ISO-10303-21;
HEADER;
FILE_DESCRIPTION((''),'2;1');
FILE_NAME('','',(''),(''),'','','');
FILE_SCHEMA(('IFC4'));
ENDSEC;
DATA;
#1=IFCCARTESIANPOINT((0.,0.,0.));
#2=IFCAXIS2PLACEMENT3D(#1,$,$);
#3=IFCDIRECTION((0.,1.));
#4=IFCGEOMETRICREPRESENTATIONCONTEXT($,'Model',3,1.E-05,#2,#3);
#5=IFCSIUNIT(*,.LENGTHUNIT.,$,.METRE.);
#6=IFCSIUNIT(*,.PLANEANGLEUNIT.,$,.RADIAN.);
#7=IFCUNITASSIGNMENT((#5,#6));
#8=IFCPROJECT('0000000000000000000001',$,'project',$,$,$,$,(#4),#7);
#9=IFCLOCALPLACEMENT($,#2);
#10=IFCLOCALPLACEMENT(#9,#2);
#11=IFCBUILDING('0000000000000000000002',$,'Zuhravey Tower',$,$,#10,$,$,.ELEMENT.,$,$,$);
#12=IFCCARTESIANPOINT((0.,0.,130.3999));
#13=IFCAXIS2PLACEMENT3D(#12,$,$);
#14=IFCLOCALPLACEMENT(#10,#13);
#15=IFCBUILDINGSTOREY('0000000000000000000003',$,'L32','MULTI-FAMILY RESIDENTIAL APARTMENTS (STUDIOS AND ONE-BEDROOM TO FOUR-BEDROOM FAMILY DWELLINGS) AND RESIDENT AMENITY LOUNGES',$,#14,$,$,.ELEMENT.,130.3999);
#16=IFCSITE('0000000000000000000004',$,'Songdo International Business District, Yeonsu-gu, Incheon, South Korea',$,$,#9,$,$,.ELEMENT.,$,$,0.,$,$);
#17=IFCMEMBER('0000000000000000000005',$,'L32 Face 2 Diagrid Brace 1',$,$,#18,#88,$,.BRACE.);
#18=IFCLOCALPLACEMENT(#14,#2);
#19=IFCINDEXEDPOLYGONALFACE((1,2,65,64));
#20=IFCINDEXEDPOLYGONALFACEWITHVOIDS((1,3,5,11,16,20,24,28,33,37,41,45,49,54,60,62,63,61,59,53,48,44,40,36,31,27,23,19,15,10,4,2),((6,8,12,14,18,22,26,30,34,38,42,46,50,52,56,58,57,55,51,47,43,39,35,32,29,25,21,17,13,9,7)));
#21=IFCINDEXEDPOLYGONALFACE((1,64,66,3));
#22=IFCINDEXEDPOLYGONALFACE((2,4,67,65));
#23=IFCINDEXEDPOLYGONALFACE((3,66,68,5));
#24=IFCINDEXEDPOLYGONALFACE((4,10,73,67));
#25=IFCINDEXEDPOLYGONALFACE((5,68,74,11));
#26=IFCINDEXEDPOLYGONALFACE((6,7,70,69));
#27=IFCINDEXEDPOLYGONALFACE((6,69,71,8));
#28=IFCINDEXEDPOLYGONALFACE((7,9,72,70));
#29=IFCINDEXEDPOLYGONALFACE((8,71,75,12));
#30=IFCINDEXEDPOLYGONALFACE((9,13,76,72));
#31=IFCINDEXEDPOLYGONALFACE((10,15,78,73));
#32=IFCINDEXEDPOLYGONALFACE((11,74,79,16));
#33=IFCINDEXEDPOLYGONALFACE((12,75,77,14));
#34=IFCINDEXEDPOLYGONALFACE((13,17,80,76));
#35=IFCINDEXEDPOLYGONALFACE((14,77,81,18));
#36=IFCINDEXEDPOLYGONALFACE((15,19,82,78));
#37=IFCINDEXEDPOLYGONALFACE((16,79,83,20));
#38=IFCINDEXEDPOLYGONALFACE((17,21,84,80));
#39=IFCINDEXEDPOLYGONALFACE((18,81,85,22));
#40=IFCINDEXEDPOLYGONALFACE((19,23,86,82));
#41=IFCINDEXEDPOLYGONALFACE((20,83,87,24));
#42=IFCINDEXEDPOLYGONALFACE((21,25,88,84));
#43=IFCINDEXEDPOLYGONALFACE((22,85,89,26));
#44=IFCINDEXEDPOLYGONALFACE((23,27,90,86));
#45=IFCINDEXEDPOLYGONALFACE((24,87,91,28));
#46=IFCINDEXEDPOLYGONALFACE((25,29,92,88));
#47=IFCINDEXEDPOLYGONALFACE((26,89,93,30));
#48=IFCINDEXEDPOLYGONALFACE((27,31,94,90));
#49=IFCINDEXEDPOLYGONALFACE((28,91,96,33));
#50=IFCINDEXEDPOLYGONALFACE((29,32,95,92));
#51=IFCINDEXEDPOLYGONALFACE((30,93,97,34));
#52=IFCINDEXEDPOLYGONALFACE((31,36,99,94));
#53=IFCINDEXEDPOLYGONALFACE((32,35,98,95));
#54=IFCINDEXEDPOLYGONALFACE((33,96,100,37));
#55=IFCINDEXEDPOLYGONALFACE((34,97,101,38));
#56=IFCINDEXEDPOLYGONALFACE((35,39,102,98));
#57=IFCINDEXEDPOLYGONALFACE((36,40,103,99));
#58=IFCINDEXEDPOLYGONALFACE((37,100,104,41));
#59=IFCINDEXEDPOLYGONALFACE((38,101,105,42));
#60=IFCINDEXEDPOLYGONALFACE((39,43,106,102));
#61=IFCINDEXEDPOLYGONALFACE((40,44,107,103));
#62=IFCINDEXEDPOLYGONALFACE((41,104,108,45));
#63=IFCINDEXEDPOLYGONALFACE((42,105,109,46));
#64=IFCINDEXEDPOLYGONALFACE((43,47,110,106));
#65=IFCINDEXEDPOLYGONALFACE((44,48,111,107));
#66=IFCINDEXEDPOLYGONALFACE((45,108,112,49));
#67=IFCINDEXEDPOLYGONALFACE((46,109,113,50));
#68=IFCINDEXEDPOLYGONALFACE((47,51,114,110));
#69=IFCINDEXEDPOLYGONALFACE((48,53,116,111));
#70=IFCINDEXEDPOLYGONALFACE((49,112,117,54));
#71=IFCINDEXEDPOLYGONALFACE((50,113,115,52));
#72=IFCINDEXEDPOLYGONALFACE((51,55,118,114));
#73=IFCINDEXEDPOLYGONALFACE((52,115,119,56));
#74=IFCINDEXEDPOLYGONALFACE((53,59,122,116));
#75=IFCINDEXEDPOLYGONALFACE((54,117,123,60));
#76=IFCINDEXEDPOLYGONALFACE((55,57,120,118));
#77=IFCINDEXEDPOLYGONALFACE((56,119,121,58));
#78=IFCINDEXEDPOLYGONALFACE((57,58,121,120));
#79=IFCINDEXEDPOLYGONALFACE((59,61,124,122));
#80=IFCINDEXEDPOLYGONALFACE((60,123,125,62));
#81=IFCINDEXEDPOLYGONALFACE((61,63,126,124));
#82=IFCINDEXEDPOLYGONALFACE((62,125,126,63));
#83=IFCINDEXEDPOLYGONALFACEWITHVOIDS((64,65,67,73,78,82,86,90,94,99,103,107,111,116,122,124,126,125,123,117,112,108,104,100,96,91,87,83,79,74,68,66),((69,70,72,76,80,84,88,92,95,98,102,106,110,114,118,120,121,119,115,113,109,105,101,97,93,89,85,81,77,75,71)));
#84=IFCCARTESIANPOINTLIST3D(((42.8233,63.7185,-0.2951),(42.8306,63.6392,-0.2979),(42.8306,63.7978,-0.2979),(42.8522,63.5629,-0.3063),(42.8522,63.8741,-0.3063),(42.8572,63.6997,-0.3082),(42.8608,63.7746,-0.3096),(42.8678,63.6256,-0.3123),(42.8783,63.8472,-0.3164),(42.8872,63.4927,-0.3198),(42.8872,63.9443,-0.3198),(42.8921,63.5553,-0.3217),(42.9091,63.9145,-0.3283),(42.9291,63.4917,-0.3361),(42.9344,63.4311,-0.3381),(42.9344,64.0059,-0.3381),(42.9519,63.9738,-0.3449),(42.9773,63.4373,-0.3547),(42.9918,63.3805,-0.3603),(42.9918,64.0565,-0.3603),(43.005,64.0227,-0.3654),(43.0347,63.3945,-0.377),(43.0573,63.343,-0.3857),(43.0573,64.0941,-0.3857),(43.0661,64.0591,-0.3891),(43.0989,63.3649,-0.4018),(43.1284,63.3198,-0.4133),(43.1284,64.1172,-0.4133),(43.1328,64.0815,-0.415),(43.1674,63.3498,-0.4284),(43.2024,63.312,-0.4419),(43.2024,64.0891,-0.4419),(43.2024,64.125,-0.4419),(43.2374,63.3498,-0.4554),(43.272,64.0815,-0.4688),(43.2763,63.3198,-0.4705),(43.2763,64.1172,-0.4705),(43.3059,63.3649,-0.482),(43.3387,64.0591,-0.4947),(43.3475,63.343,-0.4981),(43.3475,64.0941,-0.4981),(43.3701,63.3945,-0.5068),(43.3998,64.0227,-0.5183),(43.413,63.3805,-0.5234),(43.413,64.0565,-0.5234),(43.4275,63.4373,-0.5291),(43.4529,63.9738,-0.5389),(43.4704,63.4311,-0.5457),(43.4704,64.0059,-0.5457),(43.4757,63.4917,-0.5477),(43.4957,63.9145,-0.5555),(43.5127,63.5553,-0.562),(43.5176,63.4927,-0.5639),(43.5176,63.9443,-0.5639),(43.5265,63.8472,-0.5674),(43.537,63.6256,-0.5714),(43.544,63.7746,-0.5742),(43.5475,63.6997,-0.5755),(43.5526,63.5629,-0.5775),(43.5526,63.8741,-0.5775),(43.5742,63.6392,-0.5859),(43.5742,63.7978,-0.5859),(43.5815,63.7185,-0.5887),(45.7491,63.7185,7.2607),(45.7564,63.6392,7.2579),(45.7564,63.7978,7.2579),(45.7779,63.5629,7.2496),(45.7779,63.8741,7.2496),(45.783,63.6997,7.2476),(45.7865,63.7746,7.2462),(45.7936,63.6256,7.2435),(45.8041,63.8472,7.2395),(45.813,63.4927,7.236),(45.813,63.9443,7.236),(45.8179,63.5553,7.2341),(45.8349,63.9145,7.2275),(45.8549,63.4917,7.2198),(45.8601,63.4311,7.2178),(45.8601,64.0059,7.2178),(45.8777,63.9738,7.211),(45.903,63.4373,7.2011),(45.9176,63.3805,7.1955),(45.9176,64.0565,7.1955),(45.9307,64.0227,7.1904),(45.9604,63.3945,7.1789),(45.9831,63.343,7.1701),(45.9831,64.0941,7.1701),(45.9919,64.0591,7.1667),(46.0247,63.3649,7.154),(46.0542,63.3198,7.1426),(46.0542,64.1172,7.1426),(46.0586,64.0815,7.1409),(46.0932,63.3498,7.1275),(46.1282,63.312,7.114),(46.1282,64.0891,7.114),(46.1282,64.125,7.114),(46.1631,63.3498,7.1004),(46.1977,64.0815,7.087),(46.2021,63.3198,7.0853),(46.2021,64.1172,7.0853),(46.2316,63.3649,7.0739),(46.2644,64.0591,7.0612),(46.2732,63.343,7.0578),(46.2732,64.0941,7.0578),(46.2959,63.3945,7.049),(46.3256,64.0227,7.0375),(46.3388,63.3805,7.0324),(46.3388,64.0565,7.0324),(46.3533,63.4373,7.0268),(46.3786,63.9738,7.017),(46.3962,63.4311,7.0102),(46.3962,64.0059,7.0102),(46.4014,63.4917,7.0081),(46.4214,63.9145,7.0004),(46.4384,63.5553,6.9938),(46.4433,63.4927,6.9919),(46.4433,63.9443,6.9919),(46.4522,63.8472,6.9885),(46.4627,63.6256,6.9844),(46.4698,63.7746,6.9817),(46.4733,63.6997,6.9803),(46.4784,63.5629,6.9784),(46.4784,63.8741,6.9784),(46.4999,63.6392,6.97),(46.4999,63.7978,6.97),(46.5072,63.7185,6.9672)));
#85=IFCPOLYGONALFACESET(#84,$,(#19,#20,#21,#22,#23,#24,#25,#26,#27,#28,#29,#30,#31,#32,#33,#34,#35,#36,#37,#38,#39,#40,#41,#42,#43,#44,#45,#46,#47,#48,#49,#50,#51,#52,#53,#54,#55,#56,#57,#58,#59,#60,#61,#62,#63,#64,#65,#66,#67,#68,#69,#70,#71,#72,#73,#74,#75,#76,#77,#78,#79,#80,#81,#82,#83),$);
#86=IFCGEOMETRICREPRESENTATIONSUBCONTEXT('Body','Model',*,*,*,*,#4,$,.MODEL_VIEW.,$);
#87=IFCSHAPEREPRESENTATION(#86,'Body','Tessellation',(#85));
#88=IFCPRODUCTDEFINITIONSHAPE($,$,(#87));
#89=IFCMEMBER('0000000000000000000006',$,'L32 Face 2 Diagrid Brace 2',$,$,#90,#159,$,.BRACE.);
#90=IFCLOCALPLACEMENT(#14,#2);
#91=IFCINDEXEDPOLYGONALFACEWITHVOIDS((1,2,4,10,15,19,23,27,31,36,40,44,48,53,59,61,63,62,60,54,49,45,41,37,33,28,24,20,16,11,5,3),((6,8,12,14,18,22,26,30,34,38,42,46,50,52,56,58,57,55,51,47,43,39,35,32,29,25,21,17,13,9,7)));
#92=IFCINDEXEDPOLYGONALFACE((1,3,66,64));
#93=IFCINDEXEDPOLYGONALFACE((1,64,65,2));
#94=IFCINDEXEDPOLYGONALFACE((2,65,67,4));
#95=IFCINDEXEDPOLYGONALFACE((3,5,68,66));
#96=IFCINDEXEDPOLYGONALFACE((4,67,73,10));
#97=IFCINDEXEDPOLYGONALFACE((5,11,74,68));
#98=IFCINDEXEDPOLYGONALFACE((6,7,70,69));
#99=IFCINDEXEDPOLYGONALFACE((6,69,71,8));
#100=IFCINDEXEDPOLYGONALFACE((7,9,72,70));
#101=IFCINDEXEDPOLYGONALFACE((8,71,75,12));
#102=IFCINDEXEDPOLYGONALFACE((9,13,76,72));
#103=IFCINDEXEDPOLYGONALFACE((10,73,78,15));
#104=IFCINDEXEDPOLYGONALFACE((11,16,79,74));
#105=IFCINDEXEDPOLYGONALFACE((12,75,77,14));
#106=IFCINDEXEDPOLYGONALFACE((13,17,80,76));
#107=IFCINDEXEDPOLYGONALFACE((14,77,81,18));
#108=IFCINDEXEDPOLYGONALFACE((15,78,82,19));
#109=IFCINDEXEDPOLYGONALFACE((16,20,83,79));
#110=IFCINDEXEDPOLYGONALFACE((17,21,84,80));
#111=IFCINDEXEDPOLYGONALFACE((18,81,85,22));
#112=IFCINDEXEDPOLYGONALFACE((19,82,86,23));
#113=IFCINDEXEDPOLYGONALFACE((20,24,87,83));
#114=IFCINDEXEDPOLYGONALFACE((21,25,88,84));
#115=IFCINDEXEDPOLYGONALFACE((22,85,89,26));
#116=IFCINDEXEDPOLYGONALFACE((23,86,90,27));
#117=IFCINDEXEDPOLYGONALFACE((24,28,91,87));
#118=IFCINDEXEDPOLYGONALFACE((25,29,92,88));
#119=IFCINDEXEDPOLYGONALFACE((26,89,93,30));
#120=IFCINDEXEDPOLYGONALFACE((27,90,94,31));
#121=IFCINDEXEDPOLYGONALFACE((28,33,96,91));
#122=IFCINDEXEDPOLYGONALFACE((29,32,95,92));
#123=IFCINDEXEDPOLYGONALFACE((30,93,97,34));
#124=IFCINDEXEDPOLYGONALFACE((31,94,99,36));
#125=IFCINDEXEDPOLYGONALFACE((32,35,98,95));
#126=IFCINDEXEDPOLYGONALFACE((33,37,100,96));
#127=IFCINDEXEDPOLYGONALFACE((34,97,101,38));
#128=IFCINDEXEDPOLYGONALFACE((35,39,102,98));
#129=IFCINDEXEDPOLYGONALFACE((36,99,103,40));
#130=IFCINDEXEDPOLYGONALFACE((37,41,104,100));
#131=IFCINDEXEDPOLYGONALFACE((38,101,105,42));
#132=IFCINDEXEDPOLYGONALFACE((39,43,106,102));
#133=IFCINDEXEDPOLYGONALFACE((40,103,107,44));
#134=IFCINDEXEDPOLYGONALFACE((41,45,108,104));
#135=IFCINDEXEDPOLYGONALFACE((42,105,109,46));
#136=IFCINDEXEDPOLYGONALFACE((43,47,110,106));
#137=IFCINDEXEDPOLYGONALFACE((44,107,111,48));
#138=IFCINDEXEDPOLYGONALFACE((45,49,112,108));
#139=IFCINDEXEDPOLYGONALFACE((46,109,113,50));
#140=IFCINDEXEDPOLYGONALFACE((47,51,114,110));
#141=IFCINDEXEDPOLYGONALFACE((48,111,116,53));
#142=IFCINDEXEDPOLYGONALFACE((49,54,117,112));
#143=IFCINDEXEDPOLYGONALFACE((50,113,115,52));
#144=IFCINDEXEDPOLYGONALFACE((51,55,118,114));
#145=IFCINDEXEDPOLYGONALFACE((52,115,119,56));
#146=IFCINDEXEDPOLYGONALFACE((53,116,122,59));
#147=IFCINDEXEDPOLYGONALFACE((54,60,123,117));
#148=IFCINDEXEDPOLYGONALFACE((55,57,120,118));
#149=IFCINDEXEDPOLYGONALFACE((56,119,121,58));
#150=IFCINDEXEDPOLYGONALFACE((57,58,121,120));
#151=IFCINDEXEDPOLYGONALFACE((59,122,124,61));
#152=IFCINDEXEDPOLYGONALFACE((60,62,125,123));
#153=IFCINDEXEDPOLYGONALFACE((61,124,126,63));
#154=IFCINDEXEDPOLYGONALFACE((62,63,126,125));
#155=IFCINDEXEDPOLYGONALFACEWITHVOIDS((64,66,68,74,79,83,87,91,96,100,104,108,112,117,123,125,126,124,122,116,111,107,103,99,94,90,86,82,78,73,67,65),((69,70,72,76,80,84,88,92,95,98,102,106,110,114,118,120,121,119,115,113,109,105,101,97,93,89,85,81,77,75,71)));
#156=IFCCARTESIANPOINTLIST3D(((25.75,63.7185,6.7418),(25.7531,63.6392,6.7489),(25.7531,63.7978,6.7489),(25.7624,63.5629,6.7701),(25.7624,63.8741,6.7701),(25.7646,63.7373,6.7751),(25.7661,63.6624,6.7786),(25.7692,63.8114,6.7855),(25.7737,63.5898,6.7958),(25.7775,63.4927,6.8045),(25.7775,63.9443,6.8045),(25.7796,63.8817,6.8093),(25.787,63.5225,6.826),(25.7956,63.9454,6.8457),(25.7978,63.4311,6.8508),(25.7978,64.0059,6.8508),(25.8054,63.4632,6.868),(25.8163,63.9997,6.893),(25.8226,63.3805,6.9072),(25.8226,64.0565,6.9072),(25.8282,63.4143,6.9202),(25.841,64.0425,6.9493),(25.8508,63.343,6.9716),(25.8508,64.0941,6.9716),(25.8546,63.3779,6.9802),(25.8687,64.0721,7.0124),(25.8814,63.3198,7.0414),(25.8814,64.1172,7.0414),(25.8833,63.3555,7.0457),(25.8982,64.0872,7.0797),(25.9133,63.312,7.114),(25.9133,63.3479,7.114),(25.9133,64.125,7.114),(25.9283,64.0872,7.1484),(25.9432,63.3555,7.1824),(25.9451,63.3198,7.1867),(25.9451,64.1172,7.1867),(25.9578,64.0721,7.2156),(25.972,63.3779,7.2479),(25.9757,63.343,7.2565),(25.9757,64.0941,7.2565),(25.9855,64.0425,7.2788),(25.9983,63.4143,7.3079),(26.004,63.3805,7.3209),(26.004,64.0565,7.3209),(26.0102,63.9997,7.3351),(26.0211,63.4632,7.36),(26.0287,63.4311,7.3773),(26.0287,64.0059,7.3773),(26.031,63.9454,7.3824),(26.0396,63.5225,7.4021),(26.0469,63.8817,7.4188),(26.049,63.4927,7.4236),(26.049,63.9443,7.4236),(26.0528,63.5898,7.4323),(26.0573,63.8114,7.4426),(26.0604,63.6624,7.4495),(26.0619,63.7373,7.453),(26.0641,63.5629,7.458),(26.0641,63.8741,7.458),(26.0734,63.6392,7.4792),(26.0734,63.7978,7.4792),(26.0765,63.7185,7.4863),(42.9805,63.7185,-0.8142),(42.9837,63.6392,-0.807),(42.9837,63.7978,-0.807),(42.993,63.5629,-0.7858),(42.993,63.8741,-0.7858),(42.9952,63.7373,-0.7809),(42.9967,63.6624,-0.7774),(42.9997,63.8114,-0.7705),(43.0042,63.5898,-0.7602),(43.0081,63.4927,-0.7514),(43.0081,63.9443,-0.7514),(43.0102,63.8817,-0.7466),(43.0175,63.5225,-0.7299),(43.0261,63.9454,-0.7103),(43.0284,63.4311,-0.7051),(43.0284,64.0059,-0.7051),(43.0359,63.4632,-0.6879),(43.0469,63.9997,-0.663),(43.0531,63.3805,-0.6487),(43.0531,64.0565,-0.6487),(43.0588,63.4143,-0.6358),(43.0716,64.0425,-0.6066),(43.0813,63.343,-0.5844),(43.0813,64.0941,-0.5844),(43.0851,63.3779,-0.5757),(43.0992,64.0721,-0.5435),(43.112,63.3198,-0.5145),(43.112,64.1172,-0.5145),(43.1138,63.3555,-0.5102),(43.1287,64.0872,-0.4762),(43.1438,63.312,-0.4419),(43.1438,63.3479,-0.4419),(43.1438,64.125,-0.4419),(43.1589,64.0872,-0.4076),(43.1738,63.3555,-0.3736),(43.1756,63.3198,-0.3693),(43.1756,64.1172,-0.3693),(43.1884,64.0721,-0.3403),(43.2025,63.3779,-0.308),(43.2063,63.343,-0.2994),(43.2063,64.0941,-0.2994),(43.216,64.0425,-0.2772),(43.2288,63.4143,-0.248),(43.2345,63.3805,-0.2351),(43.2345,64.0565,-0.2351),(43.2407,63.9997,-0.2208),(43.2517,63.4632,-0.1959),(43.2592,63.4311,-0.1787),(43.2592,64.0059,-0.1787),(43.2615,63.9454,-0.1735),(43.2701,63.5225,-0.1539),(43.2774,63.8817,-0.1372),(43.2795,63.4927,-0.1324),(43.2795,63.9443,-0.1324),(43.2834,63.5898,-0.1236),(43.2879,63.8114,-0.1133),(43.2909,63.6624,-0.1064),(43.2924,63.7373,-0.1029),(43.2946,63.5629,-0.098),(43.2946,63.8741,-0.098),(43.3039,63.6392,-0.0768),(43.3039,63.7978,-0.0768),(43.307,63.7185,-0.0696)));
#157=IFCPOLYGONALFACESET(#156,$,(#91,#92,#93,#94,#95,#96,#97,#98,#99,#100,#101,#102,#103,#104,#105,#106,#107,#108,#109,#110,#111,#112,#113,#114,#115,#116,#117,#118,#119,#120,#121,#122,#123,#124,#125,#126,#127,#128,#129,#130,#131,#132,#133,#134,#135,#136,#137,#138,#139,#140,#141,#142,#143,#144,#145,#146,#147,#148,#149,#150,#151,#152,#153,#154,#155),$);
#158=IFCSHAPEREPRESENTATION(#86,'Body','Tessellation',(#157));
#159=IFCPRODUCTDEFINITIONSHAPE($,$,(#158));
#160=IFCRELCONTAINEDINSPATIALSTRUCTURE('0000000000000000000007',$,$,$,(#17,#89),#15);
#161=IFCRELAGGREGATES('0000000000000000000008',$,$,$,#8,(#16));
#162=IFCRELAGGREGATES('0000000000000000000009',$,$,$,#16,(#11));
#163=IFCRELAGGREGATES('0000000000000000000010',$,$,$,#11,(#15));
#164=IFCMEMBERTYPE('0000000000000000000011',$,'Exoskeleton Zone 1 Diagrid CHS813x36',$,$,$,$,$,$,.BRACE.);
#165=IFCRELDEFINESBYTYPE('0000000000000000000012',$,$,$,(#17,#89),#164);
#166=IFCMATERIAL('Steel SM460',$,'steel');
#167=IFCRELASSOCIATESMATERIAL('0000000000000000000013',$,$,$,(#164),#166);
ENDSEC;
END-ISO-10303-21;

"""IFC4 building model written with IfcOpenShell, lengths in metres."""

from ifc_helpers import new_model, si_unit, direction, frame, origin, origin_2d, place, context, subcontext, project, spatial, hollow_circle, extrude, material, material_profile, profile_set, type_object, element, save


model = new_model("IFC4")

# Units and contexts
model_context = context("Model", 3, precision=1e-05, world=origin(), true_north=direction((0.0, 1.0)))
body_context = subcontext(model_context, "Body", "Model", "MODEL_VIEW")
ifc_project = project(units=[si_unit("LENGTHUNIT", "METRE"), si_unit("PLANEANGLEUNIT", "RADIAN")], contexts=[model_context])

# Site, building, storey
site_placement = place(None, origin())
site = spatial("IfcSite", under=ifc_project, at=site_placement, Name="Songdo International Business District, Yeonsu-gu, Incheon, South Korea", CompositionType="ELEMENT", RefElevation=0.0)
building_placement = place(site_placement, origin())
building = spatial("IfcBuilding", under=site, at=building_placement, Name="Zuhravey Tower", CompositionType="ELEMENT")
storey_placement = place(building_placement, frame((0.0, 0.0, 130.3999)))
storey = spatial("IfcBuildingStorey", under=building, at=storey_placement, Name="L32", Description="MULTI-FAMILY RESIDENTIAL APARTMENTS (STUDIOS AND ONE-BEDROOM TO FOUR-BEDROOM FAMILY DWELLINGS) AND RESIDENT AMENITY LOUNGES", CompositionType="ELEMENT", Elevation=130.3999)

# Members
ifc_material_1 = material(Name="Steel SM460", Category="steel")
ifc_material_profile_1 = material_profile(ifc_material_1, hollow_circle(Radius=0.4065, WallThickness=0.0359, at=origin_2d()), Name="CHS-812.8x36")
ifc_profile_set_1 = profile_set([ifc_material_profile_1], Name="Steel SM460")
member_type_1 = type_object("IfcMemberType", Name="Exoskeleton Zone 1 Diagrid CHS813x36", PredefinedType="BRACE", material=ifc_profile_set_1)
member_1_placement = place(storey_placement, frame((43.2024, 63.7185, -0.4419), z_axis=(0.361092, 0.0, 0.93253), x_axis=(0.0, 1.0, 0.0)))
element("IfcMember", 1, at=member_1_placement, inside=storey, type_object=member_type_1, Name="L32 Face 2 Diagrid Brace 1", PredefinedType="BRACE", context=body_context, shape_type="SweptSolid", body=[
    extrude(hollow_circle(Radius=0.4065, WallThickness=0.0359, at=origin_2d()), origin(), (0.0, 0.0, 1.0), 8.1025),
])
member_2_placement = place(storey_placement, frame((43.1438, 63.7185, -0.4419), z_axis=(-0.915814, 0.0, 0.401603), x_axis=(0.0, -1.0, 0.0)))
element("IfcMember", 2, at=member_2_placement, inside=storey, type_object=member_type_1, Name="L32 Face 2 Diagrid Brace 2", PredefinedType="BRACE", context=body_context, shape_type="SweptSolid", body=[
    extrude(hollow_circle(Radius=0.4065, WallThickness=0.0359, at=origin_2d()), origin(), (0.0, 0.0, 1.0), 18.8145),
])

save(model, "model.ifc")
